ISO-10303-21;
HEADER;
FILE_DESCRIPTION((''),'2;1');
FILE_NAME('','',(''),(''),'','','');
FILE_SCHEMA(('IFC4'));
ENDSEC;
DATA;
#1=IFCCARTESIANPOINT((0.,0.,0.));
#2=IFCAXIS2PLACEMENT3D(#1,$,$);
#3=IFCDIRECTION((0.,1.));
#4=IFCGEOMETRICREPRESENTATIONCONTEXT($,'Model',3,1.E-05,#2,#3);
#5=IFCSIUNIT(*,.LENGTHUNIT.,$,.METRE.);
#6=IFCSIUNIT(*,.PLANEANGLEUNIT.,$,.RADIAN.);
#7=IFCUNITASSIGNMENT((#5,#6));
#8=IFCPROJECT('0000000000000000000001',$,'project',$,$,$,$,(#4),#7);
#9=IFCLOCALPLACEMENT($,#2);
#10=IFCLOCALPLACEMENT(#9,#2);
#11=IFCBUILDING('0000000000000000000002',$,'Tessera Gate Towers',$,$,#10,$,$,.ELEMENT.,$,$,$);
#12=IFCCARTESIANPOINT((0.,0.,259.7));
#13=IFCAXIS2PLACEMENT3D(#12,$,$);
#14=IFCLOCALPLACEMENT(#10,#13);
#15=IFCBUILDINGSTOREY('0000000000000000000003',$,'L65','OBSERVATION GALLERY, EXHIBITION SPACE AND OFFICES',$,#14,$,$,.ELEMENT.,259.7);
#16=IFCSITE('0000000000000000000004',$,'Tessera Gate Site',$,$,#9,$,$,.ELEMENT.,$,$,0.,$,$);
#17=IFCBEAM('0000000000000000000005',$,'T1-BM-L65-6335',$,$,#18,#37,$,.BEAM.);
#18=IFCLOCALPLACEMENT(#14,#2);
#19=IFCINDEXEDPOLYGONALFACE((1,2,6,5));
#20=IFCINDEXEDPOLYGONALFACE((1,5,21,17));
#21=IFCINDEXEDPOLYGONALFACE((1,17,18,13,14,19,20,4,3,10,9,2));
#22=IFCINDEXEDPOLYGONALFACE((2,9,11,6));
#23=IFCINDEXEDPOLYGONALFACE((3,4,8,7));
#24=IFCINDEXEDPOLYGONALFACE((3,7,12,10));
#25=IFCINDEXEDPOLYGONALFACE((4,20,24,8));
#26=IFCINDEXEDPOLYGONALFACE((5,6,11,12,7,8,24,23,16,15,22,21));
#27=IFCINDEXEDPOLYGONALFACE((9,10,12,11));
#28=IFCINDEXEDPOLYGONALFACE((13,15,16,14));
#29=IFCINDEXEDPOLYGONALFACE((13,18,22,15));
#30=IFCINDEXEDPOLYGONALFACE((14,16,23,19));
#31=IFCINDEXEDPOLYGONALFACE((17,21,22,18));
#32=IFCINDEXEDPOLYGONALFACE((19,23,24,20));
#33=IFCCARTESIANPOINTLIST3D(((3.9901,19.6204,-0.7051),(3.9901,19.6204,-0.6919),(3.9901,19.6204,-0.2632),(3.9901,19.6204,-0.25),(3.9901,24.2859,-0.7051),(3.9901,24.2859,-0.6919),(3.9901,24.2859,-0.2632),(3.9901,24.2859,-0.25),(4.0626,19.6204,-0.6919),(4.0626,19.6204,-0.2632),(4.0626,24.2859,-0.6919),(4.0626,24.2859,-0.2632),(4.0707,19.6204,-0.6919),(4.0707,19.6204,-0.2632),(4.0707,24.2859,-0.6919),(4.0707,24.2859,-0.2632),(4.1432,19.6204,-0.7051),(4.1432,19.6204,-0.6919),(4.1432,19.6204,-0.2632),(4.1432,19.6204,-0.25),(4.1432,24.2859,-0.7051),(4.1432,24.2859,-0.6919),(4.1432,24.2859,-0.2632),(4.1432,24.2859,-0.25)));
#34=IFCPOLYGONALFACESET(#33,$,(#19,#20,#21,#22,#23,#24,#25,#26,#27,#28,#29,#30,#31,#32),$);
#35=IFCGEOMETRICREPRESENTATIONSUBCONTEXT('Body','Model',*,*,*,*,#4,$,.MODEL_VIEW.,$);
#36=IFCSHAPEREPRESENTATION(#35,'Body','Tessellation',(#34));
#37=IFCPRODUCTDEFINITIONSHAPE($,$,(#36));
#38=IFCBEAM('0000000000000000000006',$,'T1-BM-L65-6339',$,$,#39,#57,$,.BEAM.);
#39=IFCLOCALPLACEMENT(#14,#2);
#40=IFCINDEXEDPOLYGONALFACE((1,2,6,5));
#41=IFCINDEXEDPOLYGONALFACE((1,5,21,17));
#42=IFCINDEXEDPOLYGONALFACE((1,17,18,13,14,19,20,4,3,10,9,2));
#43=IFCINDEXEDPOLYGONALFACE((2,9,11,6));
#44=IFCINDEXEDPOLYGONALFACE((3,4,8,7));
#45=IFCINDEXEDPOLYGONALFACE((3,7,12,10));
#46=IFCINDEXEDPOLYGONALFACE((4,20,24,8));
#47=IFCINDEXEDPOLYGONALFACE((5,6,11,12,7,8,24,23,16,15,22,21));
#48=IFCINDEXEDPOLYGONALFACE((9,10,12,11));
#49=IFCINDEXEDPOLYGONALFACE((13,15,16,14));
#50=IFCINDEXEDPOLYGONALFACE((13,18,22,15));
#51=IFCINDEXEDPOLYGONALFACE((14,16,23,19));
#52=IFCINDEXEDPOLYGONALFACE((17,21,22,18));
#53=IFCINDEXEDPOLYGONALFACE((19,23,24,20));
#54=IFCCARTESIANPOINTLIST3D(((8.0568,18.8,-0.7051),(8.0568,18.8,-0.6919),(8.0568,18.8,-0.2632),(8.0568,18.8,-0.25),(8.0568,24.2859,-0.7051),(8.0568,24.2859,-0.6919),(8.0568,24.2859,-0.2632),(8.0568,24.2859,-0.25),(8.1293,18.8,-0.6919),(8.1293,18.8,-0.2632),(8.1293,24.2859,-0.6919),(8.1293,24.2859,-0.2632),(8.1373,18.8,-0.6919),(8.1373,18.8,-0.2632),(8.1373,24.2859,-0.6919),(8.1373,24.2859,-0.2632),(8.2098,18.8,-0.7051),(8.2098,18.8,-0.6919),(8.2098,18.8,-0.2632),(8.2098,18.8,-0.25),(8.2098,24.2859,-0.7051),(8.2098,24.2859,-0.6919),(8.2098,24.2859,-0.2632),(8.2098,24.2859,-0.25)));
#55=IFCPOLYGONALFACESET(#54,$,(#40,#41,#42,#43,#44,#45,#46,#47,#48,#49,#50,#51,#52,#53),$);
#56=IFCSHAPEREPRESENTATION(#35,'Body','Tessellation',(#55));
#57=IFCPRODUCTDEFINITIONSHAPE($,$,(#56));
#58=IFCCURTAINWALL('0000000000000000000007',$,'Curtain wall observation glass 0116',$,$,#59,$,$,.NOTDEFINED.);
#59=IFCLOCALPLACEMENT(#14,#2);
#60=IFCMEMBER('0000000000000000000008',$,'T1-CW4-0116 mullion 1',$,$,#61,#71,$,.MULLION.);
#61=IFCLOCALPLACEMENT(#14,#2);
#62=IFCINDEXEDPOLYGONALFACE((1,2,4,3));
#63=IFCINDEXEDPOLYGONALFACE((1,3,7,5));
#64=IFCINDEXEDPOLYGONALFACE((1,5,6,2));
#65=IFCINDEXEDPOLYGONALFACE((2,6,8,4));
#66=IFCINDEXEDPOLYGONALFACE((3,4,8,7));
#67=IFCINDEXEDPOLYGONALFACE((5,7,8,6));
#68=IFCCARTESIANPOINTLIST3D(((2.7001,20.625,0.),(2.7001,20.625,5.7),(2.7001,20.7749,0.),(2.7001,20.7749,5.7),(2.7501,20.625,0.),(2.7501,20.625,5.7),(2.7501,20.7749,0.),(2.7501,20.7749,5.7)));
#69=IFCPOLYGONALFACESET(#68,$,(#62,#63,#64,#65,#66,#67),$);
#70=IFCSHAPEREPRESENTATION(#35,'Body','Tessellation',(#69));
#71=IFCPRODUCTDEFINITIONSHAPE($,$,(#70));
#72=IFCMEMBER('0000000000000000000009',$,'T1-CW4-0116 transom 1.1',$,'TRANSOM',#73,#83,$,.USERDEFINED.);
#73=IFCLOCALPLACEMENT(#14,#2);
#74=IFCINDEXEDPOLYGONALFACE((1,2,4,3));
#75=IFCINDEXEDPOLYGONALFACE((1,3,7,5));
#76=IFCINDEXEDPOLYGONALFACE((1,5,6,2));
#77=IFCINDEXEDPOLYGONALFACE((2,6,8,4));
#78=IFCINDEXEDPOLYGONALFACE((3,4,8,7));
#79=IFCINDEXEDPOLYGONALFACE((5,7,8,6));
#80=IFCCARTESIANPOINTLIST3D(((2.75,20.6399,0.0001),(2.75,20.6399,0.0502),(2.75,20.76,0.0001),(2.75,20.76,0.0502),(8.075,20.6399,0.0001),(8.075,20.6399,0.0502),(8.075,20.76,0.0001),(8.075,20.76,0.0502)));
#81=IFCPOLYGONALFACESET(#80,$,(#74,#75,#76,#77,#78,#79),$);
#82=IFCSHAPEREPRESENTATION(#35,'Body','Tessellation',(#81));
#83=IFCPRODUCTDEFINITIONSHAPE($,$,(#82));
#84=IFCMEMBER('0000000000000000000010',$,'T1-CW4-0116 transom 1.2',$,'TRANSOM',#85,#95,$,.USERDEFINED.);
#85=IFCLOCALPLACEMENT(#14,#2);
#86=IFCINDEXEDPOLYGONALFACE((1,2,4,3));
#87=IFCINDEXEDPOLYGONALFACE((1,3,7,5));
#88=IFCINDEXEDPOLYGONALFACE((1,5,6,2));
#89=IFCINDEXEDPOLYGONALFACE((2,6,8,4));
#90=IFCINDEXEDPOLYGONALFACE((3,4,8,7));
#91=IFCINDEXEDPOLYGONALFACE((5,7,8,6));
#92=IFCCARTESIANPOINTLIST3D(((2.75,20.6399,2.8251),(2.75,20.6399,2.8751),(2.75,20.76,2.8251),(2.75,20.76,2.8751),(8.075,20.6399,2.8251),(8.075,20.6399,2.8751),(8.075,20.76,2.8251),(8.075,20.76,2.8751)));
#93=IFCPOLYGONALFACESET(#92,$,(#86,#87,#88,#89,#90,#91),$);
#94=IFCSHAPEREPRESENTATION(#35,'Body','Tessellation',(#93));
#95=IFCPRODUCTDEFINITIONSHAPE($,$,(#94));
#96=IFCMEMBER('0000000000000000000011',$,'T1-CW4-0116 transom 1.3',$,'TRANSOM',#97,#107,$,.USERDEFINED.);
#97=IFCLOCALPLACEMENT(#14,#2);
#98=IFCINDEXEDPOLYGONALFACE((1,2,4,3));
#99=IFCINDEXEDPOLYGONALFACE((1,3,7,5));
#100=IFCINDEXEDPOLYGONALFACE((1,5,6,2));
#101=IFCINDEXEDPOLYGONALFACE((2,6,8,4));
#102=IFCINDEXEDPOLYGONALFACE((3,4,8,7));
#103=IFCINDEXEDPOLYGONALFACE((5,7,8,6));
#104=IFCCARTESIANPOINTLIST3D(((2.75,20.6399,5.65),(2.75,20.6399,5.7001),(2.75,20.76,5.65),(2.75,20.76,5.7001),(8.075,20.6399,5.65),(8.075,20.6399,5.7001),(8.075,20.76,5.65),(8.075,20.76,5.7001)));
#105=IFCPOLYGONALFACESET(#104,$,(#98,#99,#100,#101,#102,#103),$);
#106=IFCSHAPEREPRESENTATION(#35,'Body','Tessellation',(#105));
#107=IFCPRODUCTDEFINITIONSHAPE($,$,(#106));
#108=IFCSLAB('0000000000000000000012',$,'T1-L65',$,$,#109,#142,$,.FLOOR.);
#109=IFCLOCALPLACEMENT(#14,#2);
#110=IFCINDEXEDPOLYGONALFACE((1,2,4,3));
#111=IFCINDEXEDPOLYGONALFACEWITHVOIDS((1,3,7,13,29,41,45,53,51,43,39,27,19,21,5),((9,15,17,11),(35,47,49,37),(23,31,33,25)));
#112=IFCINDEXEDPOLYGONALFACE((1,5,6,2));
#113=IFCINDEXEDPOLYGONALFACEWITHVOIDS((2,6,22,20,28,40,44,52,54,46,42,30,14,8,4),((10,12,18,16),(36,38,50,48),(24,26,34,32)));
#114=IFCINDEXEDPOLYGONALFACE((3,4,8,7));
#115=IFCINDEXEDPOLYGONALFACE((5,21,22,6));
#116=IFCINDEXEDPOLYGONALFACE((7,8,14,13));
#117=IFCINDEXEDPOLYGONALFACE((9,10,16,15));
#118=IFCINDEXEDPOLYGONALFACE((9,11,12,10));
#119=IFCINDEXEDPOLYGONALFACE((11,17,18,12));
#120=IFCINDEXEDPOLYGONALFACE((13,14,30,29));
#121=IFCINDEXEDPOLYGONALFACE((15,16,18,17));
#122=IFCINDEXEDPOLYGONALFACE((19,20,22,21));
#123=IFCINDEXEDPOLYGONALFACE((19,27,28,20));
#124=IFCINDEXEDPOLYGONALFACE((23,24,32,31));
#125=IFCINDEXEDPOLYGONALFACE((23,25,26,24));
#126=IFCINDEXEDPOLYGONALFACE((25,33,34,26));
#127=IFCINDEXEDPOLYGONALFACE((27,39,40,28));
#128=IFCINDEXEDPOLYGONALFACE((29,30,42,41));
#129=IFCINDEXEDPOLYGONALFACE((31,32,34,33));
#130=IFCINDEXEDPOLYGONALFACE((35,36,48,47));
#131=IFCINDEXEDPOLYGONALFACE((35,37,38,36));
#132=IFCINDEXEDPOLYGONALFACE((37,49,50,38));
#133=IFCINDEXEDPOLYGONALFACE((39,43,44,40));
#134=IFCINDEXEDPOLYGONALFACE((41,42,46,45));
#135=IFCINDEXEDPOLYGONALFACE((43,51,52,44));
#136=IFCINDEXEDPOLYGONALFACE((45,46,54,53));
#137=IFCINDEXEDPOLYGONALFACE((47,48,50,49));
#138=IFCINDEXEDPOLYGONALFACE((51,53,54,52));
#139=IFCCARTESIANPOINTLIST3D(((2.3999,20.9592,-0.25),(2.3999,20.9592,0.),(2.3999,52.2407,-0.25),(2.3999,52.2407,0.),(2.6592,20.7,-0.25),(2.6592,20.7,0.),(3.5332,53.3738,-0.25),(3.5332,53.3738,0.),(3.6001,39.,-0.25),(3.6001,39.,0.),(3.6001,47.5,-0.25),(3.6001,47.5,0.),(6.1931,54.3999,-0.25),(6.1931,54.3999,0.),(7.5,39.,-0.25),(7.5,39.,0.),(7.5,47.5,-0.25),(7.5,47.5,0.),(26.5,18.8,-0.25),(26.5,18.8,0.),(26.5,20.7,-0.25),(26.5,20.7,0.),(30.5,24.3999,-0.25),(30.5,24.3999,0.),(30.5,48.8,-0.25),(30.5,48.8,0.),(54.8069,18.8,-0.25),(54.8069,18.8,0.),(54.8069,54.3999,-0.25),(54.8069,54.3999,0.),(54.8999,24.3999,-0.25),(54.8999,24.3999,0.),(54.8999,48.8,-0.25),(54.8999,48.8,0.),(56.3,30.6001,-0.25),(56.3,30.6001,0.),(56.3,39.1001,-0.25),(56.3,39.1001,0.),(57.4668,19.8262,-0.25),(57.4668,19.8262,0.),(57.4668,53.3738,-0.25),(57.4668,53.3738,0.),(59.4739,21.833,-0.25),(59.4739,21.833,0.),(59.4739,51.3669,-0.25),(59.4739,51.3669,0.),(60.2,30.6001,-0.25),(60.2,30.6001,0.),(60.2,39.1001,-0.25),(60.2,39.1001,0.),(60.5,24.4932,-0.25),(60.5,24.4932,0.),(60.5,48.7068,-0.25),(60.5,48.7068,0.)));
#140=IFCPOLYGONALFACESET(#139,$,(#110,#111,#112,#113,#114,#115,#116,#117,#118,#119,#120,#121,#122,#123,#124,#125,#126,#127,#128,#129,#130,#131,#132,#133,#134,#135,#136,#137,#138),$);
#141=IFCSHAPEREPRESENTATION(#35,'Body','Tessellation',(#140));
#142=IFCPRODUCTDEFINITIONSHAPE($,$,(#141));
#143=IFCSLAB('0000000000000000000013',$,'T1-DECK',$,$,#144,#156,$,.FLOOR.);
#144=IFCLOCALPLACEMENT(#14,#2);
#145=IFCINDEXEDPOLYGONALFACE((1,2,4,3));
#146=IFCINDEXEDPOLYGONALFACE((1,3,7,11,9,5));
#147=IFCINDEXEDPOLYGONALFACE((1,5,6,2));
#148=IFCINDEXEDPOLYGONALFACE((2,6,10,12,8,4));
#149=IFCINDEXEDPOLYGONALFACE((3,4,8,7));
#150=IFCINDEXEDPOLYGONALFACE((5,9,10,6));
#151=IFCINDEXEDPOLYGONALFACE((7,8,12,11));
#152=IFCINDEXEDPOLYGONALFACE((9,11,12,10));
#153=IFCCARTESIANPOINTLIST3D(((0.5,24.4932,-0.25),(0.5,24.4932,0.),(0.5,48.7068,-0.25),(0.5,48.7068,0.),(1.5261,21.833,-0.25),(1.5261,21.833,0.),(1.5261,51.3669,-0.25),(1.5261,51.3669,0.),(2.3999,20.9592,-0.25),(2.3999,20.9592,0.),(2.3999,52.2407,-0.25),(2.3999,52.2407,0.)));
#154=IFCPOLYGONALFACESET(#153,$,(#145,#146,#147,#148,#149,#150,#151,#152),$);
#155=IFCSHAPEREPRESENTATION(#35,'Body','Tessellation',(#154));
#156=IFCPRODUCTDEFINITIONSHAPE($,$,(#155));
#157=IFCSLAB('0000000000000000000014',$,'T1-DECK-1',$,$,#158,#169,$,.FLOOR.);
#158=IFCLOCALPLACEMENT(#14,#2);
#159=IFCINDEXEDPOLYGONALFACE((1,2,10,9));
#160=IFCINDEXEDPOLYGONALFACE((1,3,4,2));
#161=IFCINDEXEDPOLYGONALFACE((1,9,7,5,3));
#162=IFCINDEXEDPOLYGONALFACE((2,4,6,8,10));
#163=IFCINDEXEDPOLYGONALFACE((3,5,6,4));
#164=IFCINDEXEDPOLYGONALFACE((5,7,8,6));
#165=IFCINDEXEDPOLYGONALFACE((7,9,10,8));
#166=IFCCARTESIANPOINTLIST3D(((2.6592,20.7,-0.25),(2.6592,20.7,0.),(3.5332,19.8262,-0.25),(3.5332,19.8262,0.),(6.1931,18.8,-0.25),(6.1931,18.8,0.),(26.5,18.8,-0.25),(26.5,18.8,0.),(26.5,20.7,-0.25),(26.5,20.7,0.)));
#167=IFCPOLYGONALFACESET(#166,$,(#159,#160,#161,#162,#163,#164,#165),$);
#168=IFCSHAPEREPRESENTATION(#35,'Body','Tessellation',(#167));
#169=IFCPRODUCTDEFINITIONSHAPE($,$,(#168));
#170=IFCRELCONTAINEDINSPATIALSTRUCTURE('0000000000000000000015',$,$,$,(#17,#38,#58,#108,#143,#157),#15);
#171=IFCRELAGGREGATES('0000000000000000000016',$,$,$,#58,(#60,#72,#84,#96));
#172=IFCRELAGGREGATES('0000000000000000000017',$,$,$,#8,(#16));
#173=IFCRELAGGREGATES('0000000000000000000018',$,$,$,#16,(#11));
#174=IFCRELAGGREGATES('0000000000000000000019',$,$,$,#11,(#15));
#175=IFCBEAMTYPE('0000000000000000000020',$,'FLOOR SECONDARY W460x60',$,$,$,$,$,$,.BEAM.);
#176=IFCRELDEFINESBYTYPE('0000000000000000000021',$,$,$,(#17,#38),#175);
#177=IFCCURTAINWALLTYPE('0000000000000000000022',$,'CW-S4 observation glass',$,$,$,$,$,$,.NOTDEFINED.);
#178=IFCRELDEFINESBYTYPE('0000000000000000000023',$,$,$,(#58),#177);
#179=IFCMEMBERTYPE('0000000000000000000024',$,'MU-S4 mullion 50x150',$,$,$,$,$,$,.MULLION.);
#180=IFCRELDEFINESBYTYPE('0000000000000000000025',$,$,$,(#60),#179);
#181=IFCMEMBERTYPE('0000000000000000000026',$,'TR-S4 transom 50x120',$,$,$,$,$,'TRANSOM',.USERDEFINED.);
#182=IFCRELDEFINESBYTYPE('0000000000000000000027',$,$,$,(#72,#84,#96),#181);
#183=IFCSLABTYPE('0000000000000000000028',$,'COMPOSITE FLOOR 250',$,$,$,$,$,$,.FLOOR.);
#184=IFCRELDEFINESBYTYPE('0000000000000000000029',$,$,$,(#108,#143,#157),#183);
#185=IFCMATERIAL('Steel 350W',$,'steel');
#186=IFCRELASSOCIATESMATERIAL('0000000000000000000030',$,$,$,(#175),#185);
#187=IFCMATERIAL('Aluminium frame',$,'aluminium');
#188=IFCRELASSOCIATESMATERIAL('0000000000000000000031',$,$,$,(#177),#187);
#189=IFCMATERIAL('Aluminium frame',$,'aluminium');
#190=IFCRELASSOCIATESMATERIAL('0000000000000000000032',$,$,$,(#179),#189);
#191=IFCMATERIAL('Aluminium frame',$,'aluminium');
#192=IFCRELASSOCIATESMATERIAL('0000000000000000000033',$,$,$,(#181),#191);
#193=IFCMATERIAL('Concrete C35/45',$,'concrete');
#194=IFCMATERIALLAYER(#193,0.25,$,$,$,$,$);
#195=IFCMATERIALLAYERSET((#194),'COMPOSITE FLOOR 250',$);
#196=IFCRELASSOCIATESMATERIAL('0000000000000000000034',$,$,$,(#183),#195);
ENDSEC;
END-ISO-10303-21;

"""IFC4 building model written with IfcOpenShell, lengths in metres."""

from ifc_helpers import new_model, si_unit, direction, frame, origin, origin_2d, place, context, subcontext, project, spatial, polyline, rectangle, i_section, outline, extrude, material, layer, layer_set, material_profile, profile_set, type_object, element, aggregate, save


model = new_model("IFC4")

# Units and contexts
model_context = context("Model", 3, precision=1e-05, world=origin(), true_north=direction((0.0, 1.0)))
body_context = subcontext(model_context, "Body", "Model", "MODEL_VIEW")
ifc_project = project(units=[si_unit("LENGTHUNIT", "METRE"), si_unit("PLANEANGLEUNIT", "RADIAN")], contexts=[model_context])

# Site, building, storey
site_placement = place(None, origin())
site = spatial("IfcSite", under=ifc_project, at=site_placement, Name="Tessera Gate Site", CompositionType="ELEMENT", RefElevation=0.0)
building_placement = place(site_placement, origin())
building = spatial("IfcBuilding", under=site, at=building_placement, Name="Tessera Gate Towers", CompositionType="ELEMENT")
storey_placement = place(building_placement, frame((0.0, 0.0, 259.7)))
storey = spatial("IfcBuildingStorey", under=building, at=storey_placement, Name="L65", Description="OBSERVATION GALLERY, EXHIBITION SPACE AND OFFICES", CompositionType="ELEMENT", Elevation=259.7)

# Beams
ifc_material_1 = material(Name="Steel 350W", Category="steel")
ifc_material_profile_1 = material_profile(ifc_material_1, i_section(OverallWidth=0.1531, OverallDepth=0.4551, WebThickness=0.0081, FlangeThickness=0.0132, at=origin_2d()), Name="W460x60")
ifc_profile_set_1 = profile_set([ifc_material_profile_1], Name="Steel 350W")
beam_type = type_object("IfcBeamType", Name="FLOOR SECONDARY W460x60", PredefinedType="BEAM", material=ifc_profile_set_1)
beam_1_placement = place(storey_placement, frame((4.0667, 19.6204, -0.4775), z_axis=(0.0, 1.0, 0.0), x_axis=(-1.0, 0.0, 0.0)))
element("IfcBeam", 1, at=beam_1_placement, inside=storey, type_object=beam_type, Name="T1-BM-L65-6335", PredefinedType="BEAM", context=body_context, shape_type="SweptSolid", body=[
    extrude(i_section(OverallWidth=0.1531, OverallDepth=0.4551, WebThickness=0.0081, FlangeThickness=0.0132, at=origin_2d()), origin(), (0.0, 0.0, 1.0), 4.6655),
])
beam_2_placement = place(storey_placement, frame((8.1333, 18.8, -0.4775), z_axis=(0.0, 1.0, 0.0), x_axis=(-1.0, 0.0, 0.0)))
element("IfcBeam", 2, at=beam_2_placement, inside=storey, type_object=beam_type, Name="T1-BM-L65-6339", PredefinedType="BEAM", context=body_context, shape_type="SweptSolid", body=[
    extrude(i_section(OverallWidth=0.1531, OverallDepth=0.4551, WebThickness=0.0081, FlangeThickness=0.0132, at=origin_2d()), origin(), (0.0, 0.0, 1.0), 5.4858),
])

# Curtain wall, members
ifc_material_2 = material(Name="Aluminium frame", Category="aluminium")
curtain_wall_type = type_object("IfcCurtainWallType", Name="CW-S4 observation glass", PredefinedType="NOTDEFINED", material=ifc_material_2)
curtain_wall_placement = place(storey_placement, origin())
curtain_wall = element("IfcCurtainWall", 3, at=curtain_wall_placement, inside=storey, type_object=curtain_wall_type, Name="Curtain wall observation glass 0116", PredefinedType="NOTDEFINED")
ifc_material_3 = material(Name="Aluminium frame", Category="aluminium")
ifc_material_profile_2 = material_profile(ifc_material_3, rectangle(XDim=0.05, YDim=0.1499, at=origin_2d()), Name="AL 50x150")
ifc_profile_set_2 = profile_set([ifc_material_profile_2], Name="Aluminium frame")
member_type_1 = type_object("IfcMemberType", Name="MU-S4 mullion 50x150", PredefinedType="MULLION", material=ifc_profile_set_2)
member_1_placement = place(storey_placement, frame((2.7251, 20.7, 0.0), z_axis=(0.0, 0.0, 1.0), x_axis=(1.0, 0.0, 0.0)))
member_1 = element("IfcMember", 4, at=member_1_placement, type_object=member_type_1, Name="T1-CW4-0116 mullion 1", PredefinedType="MULLION", context=body_context, shape_type="SweptSolid", body=[
    extrude(rectangle(XDim=0.05, YDim=0.1499, at=origin_2d()), origin(), (0.0, 0.0, 1.0), 5.7),
])
ifc_material_4 = material(Name="Aluminium frame", Category="aluminium")
ifc_material_profile_3 = material_profile(ifc_material_4, rectangle(XDim=0.1201, YDim=0.05, at=origin_2d()), Name="AL 50x120")
ifc_profile_set_3 = profile_set([ifc_material_profile_3], Name="Aluminium frame")
member_type_2 = type_object("IfcMemberType", Name="TR-S4 transom 50x120", ElementType="TRANSOM", PredefinedType="USERDEFINED", material=ifc_profile_set_3)
member_2_placement = place(storey_placement, frame((2.75, 20.7, 0.0251), z_axis=(1.0, 0.0, 0.0), x_axis=(0.0, 1.0, 0.0)))
member_2 = element("IfcMember", 5, at=member_2_placement, type_object=member_type_2, Name="T1-CW4-0116 transom 1.1", ObjectType="TRANSOM", PredefinedType="USERDEFINED", context=body_context, shape_type="SweptSolid", body=[
    extrude(rectangle(XDim=0.1201, YDim=0.05, at=origin_2d()), origin(), (0.0, 0.0, 1.0), 5.325),
])
member_3_placement = place(storey_placement, frame((2.75, 20.7, 2.8501), z_axis=(1.0, 0.0, 0.0), x_axis=(0.0, 1.0, 0.0)))
member_3 = element("IfcMember", 6, at=member_3_placement, type_object=member_type_2, Name="T1-CW4-0116 transom 1.2", ObjectType="TRANSOM", PredefinedType="USERDEFINED", context=body_context, shape_type="SweptSolid", body=[
    extrude(rectangle(XDim=0.1201, YDim=0.05, at=origin_2d()), origin(), (0.0, 0.0, 1.0), 5.325),
])
member_4_placement = place(storey_placement, frame((2.75, 20.7, 5.675), z_axis=(1.0, 0.0, 0.0), x_axis=(0.0, 1.0, 0.0)))
member_4 = element("IfcMember", 7, at=member_4_placement, type_object=member_type_2, Name="T1-CW4-0116 transom 1.3", ObjectType="TRANSOM", PredefinedType="USERDEFINED", context=body_context, shape_type="SweptSolid", body=[
    extrude(rectangle(XDim=0.1201, YDim=0.05, at=origin_2d()), origin(), (0.0, 0.0, 1.0), 5.325),
])

# Slabs
ifc_material_5 = material(Name="Concrete C35/45", Category="concrete")
ifc_layer_1 = layer(ifc_material_5, 0.25)
ifc_layer_set_1 = layer_set([ifc_layer_1], Name="COMPOSITE FLOOR 250")
slab_type_1 = type_object("IfcSlabType", Name="COMPOSITE FLOOR 250", PredefinedType="FLOOR", material=ifc_layer_set_1)
slab_1_placement = place(storey_placement, frame((0.0, 0.0, -0.25)))
element("IfcSlab", 8, at=slab_1_placement, inside=storey, type_object=slab_type_1, Name="T1-L65", PredefinedType="FLOOR", context=body_context, shape_type="SweptSolid", body=[
    extrude(outline(polyline([(2.3999, 20.9592), (2.6592, 20.7), (26.5, 20.7), (26.5, 18.8), (54.8069, 18.8), (57.4668, 19.8262), (59.4739, 21.833), (60.5, 24.4932), (60.5, 48.7068), (59.4739, 51.3669), (57.4668, 53.3738), (54.8069, 54.3999), (6.1931, 54.3999), (3.5332, 53.3738), (2.3999, 52.2407), (2.3999, 20.9592)]), holes=[polyline([(3.6001, 39.0), (3.6001, 47.5), (7.5, 47.5), (7.5, 39.0), (3.6001, 39.0)]), polyline([(30.5, 24.3999), (30.5, 48.8), (54.8999, 48.8), (54.8999, 24.3999), (30.5, 24.3999)]), polyline([(56.3, 30.6001), (56.3, 39.1001), (60.2, 39.1001), (60.2, 30.6001), (56.3, 30.6001)])]), origin(), (0.0, 0.0, 1.0), 0.25),
])
slab_2_placement = place(storey_placement, frame((0.0, 0.0, -0.25)))
element("IfcSlab", 9, at=slab_2_placement, inside=storey, type_object=slab_type_1, Name="T1-DECK", PredefinedType="FLOOR", context=body_context, shape_type="SweptSolid", body=[
    extrude(outline(polyline([(0.5, 24.4932), (1.5261, 21.833), (2.3999, 20.9592), (2.3999, 52.2407), (1.5261, 51.3669), (0.5, 48.7068), (0.5, 24.4932)])), origin(), (0.0, 0.0, 1.0), 0.25),
])
slab_3_placement = place(storey_placement, frame((0.0, 0.0, -0.25)))
element("IfcSlab", 10, at=slab_3_placement, inside=storey, type_object=slab_type_1, Name="T1-DECK-1", PredefinedType="FLOOR", context=body_context, shape_type="SweptSolid", body=[
    extrude(outline(polyline([(2.6592, 20.7), (3.5332, 19.8262), (6.1931, 18.8), (26.5, 18.8), (26.5, 20.7), (2.6592, 20.7)])), origin(), (0.0, 0.0, 1.0), 0.25),
])

aggregate(curtain_wall, [member_1, member_2, member_3, member_4])

save(model, "model.ifc")
